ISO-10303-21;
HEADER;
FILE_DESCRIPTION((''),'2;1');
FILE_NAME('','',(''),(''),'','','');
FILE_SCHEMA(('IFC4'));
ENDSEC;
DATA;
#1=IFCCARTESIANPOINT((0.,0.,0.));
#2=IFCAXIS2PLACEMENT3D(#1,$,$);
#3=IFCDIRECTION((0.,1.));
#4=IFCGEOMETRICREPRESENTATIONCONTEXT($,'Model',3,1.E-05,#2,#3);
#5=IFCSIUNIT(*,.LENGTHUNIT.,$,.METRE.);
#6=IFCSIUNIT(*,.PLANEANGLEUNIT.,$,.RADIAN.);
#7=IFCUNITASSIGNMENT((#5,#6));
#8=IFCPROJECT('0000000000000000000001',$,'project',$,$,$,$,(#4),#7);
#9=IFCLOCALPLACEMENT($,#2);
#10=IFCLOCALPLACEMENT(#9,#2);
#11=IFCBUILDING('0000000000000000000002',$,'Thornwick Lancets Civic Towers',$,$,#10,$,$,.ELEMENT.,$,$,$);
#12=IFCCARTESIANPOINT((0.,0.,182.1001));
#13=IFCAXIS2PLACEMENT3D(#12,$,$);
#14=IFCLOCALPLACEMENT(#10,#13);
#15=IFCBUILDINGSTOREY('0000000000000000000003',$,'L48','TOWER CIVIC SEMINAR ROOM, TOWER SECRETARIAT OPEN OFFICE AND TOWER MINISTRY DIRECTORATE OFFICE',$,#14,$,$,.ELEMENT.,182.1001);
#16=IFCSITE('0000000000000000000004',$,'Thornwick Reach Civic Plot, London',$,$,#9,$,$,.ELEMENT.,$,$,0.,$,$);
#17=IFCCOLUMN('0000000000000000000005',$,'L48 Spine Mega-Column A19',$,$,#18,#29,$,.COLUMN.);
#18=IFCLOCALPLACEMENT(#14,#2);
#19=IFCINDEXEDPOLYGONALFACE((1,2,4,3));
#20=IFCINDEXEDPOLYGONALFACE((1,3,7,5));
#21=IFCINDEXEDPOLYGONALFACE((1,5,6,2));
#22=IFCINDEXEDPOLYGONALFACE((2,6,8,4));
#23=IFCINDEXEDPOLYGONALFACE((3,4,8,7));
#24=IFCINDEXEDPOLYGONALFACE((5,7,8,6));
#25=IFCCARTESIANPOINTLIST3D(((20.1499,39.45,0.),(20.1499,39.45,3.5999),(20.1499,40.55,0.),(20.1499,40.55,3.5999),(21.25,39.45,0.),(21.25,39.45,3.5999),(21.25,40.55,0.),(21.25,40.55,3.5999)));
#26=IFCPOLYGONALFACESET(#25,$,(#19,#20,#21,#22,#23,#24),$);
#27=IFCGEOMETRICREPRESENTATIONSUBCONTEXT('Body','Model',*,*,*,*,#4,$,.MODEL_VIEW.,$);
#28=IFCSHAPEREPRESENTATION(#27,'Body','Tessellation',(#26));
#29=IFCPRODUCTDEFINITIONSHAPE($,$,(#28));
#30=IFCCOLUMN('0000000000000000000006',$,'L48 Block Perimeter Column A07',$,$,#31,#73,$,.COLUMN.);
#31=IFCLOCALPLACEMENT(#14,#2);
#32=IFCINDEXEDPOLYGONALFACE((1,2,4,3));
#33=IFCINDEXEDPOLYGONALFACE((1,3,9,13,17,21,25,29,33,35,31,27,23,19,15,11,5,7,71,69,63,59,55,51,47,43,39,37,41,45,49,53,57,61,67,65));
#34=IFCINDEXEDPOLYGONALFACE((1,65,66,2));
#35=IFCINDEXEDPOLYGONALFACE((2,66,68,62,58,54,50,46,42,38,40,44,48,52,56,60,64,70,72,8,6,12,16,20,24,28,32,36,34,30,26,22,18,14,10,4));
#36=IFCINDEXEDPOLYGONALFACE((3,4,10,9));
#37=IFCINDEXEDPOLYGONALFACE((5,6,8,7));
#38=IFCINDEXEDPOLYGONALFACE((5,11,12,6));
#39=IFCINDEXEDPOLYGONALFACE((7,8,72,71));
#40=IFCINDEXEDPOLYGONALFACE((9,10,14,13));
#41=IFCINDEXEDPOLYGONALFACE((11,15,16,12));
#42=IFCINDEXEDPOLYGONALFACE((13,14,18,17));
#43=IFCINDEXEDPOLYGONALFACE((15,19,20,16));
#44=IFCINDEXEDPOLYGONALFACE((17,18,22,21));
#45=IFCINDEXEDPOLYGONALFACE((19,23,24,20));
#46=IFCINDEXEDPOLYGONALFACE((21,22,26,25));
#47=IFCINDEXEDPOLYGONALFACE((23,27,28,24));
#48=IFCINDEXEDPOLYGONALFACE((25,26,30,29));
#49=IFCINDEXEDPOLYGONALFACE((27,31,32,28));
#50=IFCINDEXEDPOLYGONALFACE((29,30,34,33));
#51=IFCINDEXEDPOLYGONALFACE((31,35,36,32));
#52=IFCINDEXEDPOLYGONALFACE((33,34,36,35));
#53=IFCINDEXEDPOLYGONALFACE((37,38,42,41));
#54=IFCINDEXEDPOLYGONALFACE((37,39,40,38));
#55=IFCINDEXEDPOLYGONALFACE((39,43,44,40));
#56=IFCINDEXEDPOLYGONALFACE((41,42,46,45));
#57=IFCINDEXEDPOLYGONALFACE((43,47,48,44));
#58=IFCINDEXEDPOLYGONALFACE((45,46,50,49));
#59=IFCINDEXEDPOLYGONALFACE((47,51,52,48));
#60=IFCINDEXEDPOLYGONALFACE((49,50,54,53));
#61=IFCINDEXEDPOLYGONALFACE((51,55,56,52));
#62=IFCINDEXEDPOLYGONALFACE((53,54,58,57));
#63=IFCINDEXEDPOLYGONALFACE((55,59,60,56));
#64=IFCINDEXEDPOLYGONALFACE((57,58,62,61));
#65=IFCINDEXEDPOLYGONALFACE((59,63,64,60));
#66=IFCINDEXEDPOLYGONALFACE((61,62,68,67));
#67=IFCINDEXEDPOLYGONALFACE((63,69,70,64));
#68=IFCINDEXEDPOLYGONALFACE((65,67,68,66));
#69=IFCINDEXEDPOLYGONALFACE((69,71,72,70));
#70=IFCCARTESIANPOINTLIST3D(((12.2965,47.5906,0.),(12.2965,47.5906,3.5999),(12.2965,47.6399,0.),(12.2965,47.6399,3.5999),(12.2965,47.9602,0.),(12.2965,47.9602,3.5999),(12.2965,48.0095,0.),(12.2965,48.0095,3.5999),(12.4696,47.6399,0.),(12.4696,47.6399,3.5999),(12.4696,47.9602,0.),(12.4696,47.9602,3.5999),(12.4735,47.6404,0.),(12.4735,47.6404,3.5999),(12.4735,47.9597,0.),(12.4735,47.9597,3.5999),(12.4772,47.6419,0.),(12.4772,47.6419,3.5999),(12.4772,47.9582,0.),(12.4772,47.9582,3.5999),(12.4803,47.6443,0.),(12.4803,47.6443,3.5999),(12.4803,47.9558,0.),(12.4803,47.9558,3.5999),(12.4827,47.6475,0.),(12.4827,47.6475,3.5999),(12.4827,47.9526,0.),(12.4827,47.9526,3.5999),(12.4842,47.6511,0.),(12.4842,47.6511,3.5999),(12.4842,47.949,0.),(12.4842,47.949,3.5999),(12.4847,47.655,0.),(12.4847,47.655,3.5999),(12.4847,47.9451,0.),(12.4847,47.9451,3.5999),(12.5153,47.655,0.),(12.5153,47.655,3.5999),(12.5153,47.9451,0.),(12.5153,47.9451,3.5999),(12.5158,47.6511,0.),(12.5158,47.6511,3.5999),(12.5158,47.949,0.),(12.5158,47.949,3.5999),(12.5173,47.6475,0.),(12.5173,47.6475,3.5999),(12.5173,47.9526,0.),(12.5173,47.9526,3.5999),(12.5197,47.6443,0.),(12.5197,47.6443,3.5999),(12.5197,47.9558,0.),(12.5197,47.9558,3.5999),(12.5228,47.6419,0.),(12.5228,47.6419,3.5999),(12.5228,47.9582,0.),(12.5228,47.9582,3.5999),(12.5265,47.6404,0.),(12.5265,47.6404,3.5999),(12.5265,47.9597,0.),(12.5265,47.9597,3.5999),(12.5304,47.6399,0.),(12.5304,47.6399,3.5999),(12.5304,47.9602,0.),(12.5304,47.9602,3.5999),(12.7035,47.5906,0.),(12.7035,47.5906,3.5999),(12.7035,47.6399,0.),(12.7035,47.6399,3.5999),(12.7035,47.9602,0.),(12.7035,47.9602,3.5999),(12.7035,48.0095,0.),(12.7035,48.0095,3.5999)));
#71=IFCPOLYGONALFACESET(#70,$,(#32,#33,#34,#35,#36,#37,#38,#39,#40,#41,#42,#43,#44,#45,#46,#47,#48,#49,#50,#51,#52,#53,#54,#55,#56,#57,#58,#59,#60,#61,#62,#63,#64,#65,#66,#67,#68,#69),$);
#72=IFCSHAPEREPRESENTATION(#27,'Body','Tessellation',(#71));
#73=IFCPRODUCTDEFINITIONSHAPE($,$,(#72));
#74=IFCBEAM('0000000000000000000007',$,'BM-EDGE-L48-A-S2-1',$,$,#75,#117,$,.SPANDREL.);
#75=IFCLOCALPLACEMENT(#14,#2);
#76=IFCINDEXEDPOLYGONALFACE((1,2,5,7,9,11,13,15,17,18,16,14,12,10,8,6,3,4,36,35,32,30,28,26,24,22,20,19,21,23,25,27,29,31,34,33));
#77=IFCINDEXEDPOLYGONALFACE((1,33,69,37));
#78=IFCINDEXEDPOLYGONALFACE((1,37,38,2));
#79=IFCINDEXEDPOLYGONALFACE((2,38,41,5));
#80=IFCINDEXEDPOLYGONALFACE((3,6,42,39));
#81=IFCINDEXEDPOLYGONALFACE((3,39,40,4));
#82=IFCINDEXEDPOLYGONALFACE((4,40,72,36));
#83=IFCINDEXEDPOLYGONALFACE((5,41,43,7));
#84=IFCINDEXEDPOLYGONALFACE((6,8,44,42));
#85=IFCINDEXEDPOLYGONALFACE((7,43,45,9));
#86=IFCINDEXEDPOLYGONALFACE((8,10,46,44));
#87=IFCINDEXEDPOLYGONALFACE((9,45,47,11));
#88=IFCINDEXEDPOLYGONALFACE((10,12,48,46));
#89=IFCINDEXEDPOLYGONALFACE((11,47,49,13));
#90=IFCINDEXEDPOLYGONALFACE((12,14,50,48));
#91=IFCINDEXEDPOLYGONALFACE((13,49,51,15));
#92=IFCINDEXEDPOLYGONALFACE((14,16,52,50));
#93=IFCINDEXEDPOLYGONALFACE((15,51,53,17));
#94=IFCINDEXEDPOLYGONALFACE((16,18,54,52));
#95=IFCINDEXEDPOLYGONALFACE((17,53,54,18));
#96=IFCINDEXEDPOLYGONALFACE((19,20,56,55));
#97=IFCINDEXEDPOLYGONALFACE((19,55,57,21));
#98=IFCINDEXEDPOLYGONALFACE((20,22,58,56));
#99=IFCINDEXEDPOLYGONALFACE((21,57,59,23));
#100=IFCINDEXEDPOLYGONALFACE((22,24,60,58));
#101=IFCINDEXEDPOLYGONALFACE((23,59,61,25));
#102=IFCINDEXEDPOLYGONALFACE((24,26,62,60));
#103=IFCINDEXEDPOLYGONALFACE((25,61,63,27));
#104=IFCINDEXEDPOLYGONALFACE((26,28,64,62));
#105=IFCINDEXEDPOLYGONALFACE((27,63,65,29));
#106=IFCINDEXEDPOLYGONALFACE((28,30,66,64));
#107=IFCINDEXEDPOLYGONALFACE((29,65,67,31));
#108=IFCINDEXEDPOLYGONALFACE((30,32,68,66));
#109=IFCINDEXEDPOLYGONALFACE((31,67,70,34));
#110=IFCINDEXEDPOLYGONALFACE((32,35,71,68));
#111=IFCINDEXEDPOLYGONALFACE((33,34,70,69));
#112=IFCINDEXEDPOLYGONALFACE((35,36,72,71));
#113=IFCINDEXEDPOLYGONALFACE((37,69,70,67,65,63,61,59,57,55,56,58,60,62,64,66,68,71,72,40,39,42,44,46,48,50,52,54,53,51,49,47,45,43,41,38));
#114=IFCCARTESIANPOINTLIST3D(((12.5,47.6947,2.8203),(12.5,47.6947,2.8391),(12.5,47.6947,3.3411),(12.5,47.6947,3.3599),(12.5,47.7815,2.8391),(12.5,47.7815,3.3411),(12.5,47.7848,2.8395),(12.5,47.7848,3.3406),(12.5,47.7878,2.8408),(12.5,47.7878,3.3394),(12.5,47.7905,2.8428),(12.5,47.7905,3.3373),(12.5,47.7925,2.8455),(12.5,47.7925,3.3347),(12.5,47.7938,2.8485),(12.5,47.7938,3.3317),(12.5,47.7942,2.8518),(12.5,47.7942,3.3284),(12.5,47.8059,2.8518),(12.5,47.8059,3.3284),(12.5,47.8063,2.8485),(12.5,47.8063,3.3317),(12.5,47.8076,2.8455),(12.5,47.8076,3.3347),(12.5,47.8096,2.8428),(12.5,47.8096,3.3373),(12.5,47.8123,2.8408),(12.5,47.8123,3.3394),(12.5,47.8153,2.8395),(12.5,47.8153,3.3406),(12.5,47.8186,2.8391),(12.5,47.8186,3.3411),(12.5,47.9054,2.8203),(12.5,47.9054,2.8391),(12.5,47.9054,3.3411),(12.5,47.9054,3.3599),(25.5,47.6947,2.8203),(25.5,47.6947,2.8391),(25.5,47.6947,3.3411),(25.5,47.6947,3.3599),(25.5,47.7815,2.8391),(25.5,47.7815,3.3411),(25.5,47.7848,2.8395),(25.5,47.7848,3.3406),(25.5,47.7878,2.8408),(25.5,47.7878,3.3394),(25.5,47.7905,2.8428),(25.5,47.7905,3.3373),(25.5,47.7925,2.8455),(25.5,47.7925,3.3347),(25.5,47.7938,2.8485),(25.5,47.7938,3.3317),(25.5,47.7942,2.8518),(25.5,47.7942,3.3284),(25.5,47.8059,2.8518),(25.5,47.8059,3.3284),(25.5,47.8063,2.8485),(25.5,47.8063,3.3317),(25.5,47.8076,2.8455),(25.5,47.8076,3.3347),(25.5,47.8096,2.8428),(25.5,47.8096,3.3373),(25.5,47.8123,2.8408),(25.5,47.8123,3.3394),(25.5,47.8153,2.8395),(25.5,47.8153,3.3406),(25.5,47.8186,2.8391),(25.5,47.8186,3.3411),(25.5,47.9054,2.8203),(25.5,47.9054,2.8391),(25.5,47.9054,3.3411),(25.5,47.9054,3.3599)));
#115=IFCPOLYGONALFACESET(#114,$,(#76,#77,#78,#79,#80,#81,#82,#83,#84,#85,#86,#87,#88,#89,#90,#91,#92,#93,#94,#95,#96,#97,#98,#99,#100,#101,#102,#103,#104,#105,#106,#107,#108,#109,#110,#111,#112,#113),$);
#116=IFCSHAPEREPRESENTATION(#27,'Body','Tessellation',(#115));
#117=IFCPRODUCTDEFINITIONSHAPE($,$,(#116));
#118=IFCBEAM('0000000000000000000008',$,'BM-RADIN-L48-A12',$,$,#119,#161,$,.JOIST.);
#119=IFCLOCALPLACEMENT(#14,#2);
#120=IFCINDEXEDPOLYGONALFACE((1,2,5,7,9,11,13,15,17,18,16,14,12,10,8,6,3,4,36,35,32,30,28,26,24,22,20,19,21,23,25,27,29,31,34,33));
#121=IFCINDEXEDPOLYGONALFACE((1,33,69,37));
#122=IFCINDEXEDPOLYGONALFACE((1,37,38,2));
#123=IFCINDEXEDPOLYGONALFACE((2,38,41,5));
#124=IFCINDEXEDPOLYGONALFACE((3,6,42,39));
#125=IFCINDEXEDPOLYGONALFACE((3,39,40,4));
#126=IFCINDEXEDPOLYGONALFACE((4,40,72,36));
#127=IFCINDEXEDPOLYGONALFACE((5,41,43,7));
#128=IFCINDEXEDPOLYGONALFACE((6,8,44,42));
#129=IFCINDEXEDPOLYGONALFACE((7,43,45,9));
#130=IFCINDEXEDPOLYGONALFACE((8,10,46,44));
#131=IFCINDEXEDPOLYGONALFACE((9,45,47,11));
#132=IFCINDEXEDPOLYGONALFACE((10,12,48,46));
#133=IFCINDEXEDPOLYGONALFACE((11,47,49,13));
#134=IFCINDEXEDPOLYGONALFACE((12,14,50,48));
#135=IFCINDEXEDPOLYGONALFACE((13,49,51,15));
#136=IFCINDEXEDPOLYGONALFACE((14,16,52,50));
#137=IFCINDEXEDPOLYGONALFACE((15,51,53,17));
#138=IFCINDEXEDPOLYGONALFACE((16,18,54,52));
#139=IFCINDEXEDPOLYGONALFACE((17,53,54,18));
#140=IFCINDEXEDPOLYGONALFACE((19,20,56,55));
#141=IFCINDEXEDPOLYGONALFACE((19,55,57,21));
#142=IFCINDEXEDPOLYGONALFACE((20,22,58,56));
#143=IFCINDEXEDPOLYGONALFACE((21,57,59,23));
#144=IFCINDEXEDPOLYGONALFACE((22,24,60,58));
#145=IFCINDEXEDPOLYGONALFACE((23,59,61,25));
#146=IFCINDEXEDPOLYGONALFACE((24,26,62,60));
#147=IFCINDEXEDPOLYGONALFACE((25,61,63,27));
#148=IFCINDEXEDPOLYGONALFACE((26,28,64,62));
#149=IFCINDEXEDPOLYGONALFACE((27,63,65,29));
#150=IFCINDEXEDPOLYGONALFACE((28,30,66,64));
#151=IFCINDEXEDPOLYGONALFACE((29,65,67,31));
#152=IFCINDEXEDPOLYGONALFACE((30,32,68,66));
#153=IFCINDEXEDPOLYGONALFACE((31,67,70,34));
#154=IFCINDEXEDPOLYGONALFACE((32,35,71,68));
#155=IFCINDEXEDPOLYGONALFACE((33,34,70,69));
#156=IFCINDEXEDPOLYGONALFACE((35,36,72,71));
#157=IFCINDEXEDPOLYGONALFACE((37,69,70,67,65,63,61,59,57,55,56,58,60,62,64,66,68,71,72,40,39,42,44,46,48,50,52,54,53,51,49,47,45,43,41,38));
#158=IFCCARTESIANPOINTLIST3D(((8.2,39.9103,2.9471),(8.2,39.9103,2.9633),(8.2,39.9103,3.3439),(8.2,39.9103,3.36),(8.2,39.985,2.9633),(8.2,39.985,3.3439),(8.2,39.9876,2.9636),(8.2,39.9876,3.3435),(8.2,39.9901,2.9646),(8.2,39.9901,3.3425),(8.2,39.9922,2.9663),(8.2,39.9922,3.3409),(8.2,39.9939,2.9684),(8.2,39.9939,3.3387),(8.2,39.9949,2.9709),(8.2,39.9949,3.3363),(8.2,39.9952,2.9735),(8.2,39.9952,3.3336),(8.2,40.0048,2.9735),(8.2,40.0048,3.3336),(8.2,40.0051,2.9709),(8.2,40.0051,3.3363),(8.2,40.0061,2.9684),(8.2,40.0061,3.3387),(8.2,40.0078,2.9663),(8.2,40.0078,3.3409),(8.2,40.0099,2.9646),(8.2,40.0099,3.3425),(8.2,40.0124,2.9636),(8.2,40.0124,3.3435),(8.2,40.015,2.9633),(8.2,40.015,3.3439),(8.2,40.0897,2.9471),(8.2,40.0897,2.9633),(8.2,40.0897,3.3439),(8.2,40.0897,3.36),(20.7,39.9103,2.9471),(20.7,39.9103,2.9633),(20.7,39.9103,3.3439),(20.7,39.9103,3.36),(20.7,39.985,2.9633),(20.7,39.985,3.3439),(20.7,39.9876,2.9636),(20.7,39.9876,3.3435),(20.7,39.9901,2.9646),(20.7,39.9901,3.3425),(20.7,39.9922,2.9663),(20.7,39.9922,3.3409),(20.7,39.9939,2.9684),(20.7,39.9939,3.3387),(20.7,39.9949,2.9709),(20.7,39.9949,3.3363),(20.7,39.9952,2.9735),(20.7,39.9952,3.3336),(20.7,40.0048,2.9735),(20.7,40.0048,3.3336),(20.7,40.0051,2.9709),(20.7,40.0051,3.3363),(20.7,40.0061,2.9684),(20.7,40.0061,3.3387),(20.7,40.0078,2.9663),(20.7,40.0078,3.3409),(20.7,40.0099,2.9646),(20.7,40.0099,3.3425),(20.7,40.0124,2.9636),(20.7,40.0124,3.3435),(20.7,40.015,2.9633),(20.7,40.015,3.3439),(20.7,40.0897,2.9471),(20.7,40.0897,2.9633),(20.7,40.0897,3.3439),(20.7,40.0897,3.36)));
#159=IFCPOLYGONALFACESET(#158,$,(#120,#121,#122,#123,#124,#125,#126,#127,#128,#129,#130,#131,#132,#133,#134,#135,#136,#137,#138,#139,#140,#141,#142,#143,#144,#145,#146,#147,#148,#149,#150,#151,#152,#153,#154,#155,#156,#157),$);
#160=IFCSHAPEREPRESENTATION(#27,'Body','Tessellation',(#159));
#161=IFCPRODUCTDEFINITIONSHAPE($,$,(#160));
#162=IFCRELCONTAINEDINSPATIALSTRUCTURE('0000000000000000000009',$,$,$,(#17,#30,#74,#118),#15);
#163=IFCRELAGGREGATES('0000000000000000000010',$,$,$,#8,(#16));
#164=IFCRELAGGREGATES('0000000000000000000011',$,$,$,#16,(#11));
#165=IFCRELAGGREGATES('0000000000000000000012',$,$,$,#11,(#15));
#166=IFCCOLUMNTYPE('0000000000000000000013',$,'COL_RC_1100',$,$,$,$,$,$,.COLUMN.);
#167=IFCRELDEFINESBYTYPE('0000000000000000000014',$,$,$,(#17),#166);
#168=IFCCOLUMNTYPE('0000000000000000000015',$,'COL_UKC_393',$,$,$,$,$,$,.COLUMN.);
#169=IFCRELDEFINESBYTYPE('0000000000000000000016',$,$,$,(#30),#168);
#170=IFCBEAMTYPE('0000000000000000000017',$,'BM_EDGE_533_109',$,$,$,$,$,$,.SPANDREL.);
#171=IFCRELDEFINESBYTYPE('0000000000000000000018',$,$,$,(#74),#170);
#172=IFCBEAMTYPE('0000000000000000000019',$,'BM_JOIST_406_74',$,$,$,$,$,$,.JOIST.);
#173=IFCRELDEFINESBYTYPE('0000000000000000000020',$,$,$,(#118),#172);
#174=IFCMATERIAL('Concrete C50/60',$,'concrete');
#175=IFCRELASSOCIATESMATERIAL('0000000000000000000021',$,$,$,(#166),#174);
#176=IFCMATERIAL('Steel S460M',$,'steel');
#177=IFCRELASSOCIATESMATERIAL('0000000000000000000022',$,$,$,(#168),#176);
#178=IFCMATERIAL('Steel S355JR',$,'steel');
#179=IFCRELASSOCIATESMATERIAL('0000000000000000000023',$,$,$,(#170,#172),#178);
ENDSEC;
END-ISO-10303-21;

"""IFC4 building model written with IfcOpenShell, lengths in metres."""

from ifc_helpers import new_model, si_unit, direction, frame, origin, origin_2d, place, context, subcontext, project, spatial, rectangle, i_section, extrude, material, material_profile, profile_set, type_object, element, save


model = new_model("IFC4")

# Units and contexts
model_context = context("Model", 3, precision=1e-05, world=origin(), true_north=direction((0.0, 1.0)))
body_context = subcontext(model_context, "Body", "Model", "MODEL_VIEW")
ifc_project = project(units=[si_unit("LENGTHUNIT", "METRE"), si_unit("PLANEANGLEUNIT", "RADIAN")], contexts=[model_context])

# Site, building, storey
site_placement = place(None, origin())
site = spatial("IfcSite", under=ifc_project, at=site_placement, Name="Thornwick Reach Civic Plot, London", CompositionType="ELEMENT", RefElevation=0.0)
building_placement = place(site_placement, origin())
building = spatial("IfcBuilding", under=site, at=building_placement, Name="Thornwick Lancets Civic Towers", CompositionType="ELEMENT")
storey_placement = place(building_placement, frame((0.0, 0.0, 182.1001)))
storey = spatial("IfcBuildingStorey", under=building, at=storey_placement, Name="L48", Description="TOWER CIVIC SEMINAR ROOM, TOWER SECRETARIAT OPEN OFFICE AND TOWER MINISTRY DIRECTORATE OFFICE", CompositionType="ELEMENT", Elevation=182.1001)

# Columns
ifc_material_1 = material(Name="Concrete C50/60", Category="concrete")
ifc_material_profile_1 = material_profile(ifc_material_1, rectangle(XDim=1.1001, YDim=1.1001, at=origin_2d()), Name="RC 1100x1100")
ifc_profile_set_1 = profile_set([ifc_material_profile_1], Name="Concrete C50/60")
column_type_1 = type_object("IfcColumnType", Name="COL_RC_1100", PredefinedType="COLUMN", material=ifc_profile_set_1)
column_1_placement = place(storey_placement, frame((20.7, 40.0, 0.0), z_axis=(0.0, 0.0, 1.0), x_axis=(1.0, 0.0, 0.0)))
element("IfcColumn", 1, at=column_1_placement, inside=storey, type_object=column_type_1, Name="L48 Spine Mega-Column A19", PredefinedType="COLUMN", context=body_context, shape_type="SweptSolid", body=[
    extrude(rectangle(XDim=1.1001, YDim=1.1001, at=origin_2d()), origin(), (0.0, 0.0, 1.0), 3.5999),
])
ifc_material_2 = material(Name="Steel S460M", Category="steel")
ifc_material_profile_2 = material_profile(ifc_material_2, i_section(OverallWidth=0.407, OverallDepth=0.4189, WebThickness=0.0305, FlangeThickness=0.0493, FilletRadius=0.0151, at=origin_2d()), Name="UKC 356x406x393")
ifc_profile_set_2 = profile_set([ifc_material_profile_2], Name="Steel S460M")
column_type_2 = type_object("IfcColumnType", Name="COL_UKC_393", PredefinedType="COLUMN", material=ifc_profile_set_2)
column_2_placement = place(storey_placement, frame((12.5, 47.8, 0.0), z_axis=(0.0, 0.0, 1.0), x_axis=(1.0, 0.0, 0.0)))
element("IfcColumn", 2, at=column_2_placement, inside=storey, type_object=column_type_2, Name="L48 Block Perimeter Column A07", PredefinedType="COLUMN", context=body_context, shape_type="SweptSolid", body=[
    extrude(i_section(OverallWidth=0.407, OverallDepth=0.4189, WebThickness=0.0305, FlangeThickness=0.0493, FilletRadius=0.0151, at=origin_2d()), origin(), (0.0, 0.0, 1.0), 3.5999),
])

# Beams
ifc_material_3 = material(Name="Steel S355JR", Category="steel")
ifc_material_profile_3 = material_profile(ifc_material_3, i_section(OverallWidth=0.2107, OverallDepth=0.5396, WebThickness=0.0117, FlangeThickness=0.0188, FilletRadius=0.0127, at=origin_2d()), Name="UKB 533x210x109")
ifc_profile_set_3 = profile_set([ifc_material_profile_3], Name="Steel S355JR")
beam_type_1 = type_object("IfcBeamType", Name="BM_EDGE_533_109", PredefinedType="SPANDREL", material=ifc_profile_set_3)
beam_1_placement = place(storey_placement, frame((12.5, 47.8, 3.0901), z_axis=(1.0, 0.0, 0.0), x_axis=(0.0, 1.0, 0.0)))
element("IfcBeam", 3, at=beam_1_placement, inside=storey, type_object=beam_type_1, Name="BM-EDGE-L48-A-S2-1", PredefinedType="SPANDREL", context=body_context, shape_type="SweptSolid", body=[
    extrude(i_section(OverallWidth=0.2107, OverallDepth=0.5396, WebThickness=0.0117, FlangeThickness=0.0188, FilletRadius=0.0127, at=origin_2d()), origin(), (0.0, 0.0, 1.0), 13.0),
])
ifc_material_profile_4 = material_profile(ifc_material_3, i_section(OverallWidth=0.1794, OverallDepth=0.4128, WebThickness=0.0095, FlangeThickness=0.0161, FilletRadius=0.0103, at=origin_2d()), Name="UKB 406x178x74")
ifc_profile_set_4 = profile_set([ifc_material_profile_4], Name="Steel S355JR")
beam_type_2 = type_object("IfcBeamType", Name="BM_JOIST_406_74", PredefinedType="JOIST", material=ifc_profile_set_4)
beam_2_placement = place(storey_placement, frame((20.7, 40.0, 3.1536), z_axis=(-1.0, 0.0, 0.0), x_axis=(0.0, -1.0, 0.0)))
element("IfcBeam", 4, at=beam_2_placement, inside=storey, type_object=beam_type_2, Name="BM-RADIN-L48-A12", PredefinedType="JOIST", context=body_context, shape_type="SweptSolid", body=[
    extrude(i_section(OverallWidth=0.1794, OverallDepth=0.4128, WebThickness=0.0095, FlangeThickness=0.0161, FilletRadius=0.0103, at=origin_2d()), origin(), (0.0, 0.0, 1.0), 12.5),
])

save(model, "model.ifc")
